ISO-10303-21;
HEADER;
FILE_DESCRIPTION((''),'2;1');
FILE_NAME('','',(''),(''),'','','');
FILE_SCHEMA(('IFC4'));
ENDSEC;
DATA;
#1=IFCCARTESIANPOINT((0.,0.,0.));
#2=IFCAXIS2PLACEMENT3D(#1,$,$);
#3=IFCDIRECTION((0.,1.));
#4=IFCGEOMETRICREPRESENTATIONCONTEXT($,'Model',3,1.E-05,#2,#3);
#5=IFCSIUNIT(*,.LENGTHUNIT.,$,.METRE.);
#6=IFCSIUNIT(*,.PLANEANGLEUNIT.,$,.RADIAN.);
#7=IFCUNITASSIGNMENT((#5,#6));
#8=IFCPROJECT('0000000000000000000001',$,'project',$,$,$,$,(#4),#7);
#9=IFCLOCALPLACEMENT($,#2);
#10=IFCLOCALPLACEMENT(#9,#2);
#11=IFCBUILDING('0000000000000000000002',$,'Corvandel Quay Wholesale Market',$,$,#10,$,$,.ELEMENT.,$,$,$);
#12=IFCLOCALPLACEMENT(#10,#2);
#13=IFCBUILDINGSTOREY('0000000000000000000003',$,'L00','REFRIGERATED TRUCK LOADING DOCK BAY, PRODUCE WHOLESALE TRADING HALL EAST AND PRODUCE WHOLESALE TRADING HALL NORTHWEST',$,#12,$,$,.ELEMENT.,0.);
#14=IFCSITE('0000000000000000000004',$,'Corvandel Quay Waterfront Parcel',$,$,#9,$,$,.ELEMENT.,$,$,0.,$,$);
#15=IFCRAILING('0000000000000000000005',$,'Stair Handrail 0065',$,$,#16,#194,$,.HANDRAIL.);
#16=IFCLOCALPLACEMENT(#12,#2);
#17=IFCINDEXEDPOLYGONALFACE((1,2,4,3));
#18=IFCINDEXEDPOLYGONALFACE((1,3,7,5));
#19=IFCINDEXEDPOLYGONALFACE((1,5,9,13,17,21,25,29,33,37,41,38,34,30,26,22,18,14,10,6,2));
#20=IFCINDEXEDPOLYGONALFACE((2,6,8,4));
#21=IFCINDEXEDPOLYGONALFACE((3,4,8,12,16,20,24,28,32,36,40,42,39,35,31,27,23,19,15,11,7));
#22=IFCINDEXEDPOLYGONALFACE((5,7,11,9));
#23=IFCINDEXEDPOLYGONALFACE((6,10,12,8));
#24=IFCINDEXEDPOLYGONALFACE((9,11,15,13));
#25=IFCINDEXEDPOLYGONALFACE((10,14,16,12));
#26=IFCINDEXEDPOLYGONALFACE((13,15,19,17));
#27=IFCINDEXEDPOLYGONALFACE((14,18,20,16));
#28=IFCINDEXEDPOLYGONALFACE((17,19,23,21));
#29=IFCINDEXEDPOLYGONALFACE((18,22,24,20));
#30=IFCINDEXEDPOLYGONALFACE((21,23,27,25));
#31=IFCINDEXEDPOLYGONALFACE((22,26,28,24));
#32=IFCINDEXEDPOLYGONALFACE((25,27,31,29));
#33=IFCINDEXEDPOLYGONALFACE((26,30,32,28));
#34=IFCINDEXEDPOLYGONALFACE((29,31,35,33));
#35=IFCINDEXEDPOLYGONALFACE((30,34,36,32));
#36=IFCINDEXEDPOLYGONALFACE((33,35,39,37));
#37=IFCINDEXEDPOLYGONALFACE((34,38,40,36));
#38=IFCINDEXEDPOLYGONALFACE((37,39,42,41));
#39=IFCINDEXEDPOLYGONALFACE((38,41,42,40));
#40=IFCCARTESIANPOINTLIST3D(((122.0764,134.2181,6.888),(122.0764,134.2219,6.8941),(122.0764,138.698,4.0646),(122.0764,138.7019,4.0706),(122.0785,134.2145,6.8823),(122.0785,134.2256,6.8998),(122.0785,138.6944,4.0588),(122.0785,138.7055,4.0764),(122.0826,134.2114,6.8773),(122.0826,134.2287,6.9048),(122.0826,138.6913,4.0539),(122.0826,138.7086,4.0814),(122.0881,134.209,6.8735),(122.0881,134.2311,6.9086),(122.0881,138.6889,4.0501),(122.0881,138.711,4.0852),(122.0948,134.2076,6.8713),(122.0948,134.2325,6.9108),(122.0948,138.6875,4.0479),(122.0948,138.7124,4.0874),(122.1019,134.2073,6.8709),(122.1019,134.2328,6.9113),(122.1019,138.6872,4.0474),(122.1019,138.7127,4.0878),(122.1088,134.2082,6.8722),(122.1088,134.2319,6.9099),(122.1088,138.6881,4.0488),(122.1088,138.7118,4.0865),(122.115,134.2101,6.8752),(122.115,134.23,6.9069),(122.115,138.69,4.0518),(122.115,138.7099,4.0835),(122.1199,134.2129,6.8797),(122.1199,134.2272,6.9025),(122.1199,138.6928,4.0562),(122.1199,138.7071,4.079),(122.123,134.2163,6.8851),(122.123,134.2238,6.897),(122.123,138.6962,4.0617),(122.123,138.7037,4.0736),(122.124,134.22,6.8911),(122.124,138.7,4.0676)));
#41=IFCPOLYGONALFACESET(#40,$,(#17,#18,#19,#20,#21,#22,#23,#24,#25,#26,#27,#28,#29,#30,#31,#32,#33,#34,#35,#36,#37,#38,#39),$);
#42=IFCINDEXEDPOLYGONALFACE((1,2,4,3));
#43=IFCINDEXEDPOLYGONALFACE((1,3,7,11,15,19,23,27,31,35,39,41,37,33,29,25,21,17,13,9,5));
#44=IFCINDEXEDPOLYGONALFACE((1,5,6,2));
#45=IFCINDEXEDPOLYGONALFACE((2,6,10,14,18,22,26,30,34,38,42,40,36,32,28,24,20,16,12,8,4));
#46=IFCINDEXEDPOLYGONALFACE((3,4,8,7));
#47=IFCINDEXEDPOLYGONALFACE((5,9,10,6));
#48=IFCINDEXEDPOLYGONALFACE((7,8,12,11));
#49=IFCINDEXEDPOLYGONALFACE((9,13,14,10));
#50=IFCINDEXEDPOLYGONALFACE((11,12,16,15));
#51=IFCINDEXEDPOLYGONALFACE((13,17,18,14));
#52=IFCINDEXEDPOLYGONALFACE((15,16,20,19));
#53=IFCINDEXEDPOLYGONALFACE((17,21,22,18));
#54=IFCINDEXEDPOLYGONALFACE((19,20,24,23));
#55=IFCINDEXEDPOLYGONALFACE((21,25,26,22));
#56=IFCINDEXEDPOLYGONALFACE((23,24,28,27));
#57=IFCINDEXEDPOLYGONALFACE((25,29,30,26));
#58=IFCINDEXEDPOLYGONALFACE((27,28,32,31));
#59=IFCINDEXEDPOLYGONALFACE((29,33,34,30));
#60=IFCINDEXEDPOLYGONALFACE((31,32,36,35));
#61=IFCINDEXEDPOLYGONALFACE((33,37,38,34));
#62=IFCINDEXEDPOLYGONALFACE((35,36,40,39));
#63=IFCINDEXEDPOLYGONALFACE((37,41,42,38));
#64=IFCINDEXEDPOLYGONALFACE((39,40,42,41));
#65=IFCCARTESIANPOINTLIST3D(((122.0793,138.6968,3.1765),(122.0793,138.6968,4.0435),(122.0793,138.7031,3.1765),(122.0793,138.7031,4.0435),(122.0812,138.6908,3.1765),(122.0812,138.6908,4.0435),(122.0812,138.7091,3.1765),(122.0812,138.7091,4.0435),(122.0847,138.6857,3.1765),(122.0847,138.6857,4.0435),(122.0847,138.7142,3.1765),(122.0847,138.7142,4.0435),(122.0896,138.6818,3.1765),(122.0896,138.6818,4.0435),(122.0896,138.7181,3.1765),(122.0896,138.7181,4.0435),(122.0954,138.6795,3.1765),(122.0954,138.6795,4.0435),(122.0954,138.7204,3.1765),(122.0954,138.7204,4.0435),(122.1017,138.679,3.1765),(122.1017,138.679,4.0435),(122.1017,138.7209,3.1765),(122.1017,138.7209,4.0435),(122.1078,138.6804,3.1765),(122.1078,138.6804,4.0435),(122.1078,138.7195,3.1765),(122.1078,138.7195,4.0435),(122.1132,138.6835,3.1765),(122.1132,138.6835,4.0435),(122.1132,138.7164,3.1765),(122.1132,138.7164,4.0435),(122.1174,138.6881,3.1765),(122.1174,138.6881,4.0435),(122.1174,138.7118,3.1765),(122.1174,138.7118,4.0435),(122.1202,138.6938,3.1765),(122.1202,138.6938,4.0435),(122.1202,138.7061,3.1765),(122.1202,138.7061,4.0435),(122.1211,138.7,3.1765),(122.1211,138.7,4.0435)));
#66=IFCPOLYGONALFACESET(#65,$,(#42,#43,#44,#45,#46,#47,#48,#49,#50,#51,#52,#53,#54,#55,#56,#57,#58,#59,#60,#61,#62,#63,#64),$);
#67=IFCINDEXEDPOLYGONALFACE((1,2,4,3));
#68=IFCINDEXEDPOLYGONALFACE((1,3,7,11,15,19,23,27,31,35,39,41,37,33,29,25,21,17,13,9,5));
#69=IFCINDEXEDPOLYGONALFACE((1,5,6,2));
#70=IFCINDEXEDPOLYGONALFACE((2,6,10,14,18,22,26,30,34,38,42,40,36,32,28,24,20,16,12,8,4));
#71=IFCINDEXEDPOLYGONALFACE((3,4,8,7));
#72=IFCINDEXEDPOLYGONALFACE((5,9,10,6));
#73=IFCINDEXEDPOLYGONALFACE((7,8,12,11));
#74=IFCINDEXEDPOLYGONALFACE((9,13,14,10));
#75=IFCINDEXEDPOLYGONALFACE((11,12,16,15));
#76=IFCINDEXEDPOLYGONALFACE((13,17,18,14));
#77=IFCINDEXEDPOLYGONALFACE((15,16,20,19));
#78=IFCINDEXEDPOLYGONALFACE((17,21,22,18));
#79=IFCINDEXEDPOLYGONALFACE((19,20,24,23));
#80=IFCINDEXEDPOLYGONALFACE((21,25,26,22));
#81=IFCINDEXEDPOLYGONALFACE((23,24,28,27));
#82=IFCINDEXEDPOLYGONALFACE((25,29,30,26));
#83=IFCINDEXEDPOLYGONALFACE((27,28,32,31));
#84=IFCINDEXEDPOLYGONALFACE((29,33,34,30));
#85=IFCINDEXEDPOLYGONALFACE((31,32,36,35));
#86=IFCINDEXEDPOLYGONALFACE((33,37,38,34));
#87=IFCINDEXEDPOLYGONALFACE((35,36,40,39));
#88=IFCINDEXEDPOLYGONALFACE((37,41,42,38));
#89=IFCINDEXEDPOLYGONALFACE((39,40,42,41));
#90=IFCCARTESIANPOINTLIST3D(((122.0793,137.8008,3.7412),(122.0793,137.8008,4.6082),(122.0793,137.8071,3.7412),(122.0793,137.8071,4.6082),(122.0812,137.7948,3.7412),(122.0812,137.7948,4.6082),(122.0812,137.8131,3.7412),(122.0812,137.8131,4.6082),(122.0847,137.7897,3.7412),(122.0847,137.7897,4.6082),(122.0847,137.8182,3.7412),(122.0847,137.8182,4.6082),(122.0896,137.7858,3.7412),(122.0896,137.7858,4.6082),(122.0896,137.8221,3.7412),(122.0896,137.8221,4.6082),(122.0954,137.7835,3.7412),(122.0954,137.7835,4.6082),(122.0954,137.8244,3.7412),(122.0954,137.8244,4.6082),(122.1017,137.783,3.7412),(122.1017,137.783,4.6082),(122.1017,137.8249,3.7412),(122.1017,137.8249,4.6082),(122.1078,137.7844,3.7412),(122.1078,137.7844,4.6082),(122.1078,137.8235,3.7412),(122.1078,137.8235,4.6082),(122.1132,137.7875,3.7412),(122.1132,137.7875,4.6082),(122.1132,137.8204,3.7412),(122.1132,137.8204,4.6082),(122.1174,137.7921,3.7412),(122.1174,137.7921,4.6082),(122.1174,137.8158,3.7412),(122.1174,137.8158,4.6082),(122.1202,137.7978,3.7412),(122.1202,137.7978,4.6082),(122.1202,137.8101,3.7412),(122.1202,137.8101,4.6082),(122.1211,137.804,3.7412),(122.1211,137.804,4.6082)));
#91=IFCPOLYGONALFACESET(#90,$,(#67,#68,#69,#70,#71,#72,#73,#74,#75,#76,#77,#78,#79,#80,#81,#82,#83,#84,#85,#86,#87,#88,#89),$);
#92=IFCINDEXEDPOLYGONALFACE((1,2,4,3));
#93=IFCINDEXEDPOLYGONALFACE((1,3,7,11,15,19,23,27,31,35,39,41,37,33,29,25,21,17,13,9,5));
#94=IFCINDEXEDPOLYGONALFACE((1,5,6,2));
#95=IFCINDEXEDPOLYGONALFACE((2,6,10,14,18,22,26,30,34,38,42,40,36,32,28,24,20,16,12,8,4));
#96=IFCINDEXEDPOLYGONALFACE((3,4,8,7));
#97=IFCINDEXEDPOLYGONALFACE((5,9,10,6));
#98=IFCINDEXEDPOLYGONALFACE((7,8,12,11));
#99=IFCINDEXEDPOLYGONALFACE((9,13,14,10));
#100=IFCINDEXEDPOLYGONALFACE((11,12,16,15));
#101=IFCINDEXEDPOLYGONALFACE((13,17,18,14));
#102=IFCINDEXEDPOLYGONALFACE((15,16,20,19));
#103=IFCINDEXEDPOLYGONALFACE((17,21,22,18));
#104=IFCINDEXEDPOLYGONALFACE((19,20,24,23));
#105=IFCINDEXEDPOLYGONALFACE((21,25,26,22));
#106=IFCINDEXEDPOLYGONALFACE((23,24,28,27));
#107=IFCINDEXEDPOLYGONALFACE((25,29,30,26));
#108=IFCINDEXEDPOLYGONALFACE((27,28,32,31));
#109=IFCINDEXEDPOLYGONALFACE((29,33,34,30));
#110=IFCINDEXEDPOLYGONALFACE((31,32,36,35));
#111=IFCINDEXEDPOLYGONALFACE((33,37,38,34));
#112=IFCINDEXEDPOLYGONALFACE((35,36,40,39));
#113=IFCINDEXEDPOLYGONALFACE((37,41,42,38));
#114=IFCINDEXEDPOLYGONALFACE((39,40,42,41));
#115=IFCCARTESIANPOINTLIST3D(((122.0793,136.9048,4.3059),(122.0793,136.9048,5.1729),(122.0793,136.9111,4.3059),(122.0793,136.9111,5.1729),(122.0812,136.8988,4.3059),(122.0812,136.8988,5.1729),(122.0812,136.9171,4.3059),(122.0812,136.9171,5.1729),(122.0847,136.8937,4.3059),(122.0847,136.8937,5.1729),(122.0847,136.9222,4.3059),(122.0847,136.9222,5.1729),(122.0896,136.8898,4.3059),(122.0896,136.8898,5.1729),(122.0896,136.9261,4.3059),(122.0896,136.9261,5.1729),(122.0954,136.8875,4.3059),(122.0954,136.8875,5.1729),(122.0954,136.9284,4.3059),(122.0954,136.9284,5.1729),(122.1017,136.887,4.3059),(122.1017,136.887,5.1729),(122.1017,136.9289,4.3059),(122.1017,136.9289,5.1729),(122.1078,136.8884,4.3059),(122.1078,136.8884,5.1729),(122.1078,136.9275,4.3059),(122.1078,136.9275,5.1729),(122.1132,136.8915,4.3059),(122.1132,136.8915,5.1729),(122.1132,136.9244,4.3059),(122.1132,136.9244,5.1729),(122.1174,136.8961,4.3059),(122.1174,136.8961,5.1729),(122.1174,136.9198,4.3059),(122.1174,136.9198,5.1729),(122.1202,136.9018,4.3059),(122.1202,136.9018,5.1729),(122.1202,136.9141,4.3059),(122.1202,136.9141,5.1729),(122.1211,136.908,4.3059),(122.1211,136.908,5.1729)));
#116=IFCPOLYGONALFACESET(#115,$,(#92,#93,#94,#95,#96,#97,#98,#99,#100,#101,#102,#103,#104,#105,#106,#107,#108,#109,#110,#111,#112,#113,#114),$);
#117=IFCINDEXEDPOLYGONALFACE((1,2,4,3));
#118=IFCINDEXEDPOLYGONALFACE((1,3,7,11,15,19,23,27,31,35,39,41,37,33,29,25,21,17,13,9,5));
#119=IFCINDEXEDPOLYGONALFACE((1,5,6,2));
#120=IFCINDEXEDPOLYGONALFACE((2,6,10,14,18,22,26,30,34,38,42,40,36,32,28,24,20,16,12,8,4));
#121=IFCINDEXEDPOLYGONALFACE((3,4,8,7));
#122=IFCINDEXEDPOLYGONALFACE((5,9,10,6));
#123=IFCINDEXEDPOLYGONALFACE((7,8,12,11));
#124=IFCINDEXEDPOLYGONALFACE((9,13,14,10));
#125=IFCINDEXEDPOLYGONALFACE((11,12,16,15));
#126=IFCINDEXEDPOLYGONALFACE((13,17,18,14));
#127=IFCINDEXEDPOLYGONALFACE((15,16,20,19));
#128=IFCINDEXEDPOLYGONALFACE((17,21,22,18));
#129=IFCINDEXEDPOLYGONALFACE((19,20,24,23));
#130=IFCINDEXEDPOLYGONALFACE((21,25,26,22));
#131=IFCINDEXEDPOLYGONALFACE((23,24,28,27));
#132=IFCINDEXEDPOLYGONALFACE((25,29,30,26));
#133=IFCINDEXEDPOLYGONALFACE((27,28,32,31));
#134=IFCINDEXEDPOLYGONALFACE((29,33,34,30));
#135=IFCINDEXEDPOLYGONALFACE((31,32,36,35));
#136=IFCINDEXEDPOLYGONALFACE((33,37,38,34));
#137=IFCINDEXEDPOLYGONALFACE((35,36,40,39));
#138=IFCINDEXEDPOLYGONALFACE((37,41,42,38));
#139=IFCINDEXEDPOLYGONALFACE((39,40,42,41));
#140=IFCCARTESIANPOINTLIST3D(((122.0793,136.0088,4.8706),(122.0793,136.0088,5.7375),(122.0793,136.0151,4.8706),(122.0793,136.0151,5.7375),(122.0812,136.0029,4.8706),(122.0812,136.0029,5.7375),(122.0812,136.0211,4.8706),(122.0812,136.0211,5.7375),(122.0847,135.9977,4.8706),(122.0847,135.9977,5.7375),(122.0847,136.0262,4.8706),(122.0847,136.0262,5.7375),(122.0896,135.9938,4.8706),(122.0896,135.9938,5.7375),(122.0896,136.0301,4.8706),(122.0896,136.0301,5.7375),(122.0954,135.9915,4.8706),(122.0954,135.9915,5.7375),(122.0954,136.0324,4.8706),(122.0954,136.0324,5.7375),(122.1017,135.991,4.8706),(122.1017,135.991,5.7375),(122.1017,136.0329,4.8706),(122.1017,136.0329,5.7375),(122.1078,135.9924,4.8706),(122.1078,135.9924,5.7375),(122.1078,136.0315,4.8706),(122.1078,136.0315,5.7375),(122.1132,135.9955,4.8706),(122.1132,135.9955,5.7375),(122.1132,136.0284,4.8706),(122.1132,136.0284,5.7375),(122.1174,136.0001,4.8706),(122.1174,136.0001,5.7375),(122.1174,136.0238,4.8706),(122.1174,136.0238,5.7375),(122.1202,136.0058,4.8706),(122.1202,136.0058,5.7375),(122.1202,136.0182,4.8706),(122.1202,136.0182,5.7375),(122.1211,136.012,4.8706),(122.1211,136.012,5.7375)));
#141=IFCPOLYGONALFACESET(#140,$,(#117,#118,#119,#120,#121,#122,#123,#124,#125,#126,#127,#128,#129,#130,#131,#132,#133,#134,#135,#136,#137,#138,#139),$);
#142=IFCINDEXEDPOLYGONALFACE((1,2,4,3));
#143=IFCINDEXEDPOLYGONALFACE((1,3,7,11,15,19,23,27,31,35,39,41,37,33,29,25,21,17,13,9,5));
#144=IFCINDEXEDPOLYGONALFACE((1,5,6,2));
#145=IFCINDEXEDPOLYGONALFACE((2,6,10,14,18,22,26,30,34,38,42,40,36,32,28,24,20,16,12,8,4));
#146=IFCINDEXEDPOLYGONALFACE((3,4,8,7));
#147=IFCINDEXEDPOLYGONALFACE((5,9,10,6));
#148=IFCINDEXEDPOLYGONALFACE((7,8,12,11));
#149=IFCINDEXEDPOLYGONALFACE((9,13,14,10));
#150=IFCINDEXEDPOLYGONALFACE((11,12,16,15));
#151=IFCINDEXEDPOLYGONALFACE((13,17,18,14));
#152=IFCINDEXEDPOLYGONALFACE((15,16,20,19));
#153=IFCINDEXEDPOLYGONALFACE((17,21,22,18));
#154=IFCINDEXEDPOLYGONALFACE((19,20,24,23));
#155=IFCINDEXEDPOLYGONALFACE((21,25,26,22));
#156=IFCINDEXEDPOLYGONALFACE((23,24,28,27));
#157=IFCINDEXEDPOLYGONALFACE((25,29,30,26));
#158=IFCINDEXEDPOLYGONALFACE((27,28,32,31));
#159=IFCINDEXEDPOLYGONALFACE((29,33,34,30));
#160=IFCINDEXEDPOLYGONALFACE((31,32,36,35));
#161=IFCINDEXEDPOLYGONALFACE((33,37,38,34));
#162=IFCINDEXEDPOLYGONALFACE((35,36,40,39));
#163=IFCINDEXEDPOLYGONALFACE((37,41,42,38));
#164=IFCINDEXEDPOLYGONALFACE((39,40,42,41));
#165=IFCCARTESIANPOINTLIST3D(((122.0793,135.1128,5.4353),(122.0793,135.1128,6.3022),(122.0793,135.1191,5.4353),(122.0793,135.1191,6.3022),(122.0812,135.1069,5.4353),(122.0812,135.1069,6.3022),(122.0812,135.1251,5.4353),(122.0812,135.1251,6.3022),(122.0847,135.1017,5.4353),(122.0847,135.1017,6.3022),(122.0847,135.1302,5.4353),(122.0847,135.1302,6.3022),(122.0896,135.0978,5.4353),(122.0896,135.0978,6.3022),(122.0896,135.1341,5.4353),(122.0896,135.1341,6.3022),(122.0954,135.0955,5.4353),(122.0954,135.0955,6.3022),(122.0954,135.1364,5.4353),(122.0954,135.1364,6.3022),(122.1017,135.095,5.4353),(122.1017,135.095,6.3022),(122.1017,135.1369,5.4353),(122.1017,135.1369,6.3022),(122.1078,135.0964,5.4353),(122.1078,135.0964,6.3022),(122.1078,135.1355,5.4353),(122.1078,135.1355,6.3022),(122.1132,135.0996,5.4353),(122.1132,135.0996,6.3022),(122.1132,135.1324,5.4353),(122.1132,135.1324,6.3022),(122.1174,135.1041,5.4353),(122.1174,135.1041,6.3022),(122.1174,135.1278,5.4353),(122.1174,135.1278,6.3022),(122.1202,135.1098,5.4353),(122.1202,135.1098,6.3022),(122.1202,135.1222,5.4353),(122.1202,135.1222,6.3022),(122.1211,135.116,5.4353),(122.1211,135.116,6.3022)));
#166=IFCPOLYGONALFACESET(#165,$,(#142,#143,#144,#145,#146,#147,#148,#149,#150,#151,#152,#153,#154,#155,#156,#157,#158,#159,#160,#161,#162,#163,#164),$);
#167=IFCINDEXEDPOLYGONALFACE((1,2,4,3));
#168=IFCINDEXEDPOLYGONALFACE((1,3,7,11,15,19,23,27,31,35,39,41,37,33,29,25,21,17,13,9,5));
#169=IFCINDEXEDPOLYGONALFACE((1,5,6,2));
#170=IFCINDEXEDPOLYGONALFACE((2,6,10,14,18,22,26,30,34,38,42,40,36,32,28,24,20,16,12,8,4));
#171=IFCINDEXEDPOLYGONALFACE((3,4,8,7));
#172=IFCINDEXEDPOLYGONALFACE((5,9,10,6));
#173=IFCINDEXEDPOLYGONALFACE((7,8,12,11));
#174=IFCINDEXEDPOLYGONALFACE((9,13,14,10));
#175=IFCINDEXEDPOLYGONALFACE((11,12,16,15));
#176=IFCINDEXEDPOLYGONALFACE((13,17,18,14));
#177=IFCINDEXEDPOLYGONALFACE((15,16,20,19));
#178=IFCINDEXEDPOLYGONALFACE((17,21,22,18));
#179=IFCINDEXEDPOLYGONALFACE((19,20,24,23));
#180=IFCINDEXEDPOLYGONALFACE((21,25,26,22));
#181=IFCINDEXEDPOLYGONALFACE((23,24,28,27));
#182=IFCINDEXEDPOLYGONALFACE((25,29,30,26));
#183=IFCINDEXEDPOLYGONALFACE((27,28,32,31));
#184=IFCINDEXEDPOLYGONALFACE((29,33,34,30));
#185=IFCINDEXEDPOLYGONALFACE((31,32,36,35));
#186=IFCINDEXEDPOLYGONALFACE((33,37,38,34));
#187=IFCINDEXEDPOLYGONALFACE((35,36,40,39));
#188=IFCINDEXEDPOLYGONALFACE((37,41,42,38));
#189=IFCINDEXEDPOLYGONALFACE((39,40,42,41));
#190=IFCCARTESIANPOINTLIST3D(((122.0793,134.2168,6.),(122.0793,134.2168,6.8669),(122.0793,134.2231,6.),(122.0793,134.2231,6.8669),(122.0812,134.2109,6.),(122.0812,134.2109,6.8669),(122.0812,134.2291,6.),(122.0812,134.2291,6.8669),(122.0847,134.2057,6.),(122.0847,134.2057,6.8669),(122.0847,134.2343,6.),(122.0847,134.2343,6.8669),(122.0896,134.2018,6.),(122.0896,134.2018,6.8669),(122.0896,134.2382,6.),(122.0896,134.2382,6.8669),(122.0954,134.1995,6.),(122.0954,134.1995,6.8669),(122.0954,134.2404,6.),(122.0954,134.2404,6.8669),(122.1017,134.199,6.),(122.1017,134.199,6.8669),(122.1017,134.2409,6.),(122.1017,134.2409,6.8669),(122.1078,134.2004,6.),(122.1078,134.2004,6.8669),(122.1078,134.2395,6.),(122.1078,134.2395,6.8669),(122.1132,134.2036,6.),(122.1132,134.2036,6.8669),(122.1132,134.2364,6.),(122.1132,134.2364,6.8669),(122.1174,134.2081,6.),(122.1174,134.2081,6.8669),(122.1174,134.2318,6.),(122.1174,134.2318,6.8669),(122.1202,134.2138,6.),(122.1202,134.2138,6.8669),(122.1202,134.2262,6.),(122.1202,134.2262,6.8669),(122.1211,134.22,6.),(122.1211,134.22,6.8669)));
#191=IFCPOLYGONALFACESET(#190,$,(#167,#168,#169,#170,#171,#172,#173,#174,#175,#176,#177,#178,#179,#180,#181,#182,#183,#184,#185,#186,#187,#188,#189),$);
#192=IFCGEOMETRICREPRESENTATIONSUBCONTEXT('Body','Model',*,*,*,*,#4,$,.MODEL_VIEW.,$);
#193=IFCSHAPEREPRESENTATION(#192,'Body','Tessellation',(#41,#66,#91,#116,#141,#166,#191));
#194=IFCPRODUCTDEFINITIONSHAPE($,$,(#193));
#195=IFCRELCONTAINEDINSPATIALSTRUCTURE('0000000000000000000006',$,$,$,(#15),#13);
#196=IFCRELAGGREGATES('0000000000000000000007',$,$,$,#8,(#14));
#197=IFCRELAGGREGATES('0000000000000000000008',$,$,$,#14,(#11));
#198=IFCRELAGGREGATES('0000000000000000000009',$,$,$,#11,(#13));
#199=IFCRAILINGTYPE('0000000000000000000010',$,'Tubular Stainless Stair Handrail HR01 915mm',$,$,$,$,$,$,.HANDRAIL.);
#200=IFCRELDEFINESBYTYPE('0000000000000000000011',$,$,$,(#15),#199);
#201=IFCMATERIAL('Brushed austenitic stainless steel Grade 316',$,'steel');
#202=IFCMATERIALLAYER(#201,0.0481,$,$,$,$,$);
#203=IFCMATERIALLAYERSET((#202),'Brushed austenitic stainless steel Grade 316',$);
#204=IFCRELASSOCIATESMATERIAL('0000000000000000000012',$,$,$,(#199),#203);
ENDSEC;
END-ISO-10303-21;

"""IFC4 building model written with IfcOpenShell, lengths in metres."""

from ifc_helpers import new_model, si_unit, direction, frame, origin, origin_2d, place, context, subcontext, project, spatial, circle, extrude, material, layer, layer_set, type_object, element, save


model = new_model("IFC4")

# Units and contexts
model_context = context("Model", 3, precision=1e-05, world=origin(), true_north=direction((0.0, 1.0)))
body_context = subcontext(model_context, "Body", "Model", "MODEL_VIEW")
ifc_project = project(units=[si_unit("LENGTHUNIT", "METRE"), si_unit("PLANEANGLEUNIT", "RADIAN")], contexts=[model_context])

# Site, building, storey
site_placement = place(None, origin())
site = spatial("IfcSite", under=ifc_project, at=site_placement, Name="Corvandel Quay Waterfront Parcel", CompositionType="ELEMENT", RefElevation=0.0)
building_placement = place(site_placement, origin())
building = spatial("IfcBuilding", under=site, at=building_placement, Name="Corvandel Quay Wholesale Market", CompositionType="ELEMENT")
storey_placement = place(building_placement, origin())
storey = spatial("IfcBuildingStorey", under=building, at=storey_placement, Name="L00", Description="REFRIGERATED TRUCK LOADING DOCK BAY, PRODUCE WHOLESALE TRADING HALL EAST AND PRODUCE WHOLESALE TRADING HALL NORTHWEST", CompositionType="ELEMENT", Elevation=0.0)

# Railing
ifc_material_1 = material(Name="Brushed austenitic stainless steel Grade 316", Category="steel")
ifc_layer_1 = layer(ifc_material_1, 0.0481)
ifc_layer_set_1 = layer_set([ifc_layer_1], Name="Brushed austenitic stainless steel Grade 316")
railing_type_1 = type_object("IfcRailingType", Name="Tubular Stainless Stair Handrail HR01 915mm", PredefinedType="HANDRAIL", material=ifc_layer_set_1)
for number, where, name in (
    (1, (122.1001, 138.7, 3.1765), "Stair Handrail 0065"),
):
    element("IfcRailing", number, at=place(storey_placement, frame(where)), inside=storey, type_object=railing_type_1, Name=name, PredefinedType="HANDRAIL", context=body_context, shape_type="SweptSolid", body=[
        extrude(circle(Radius=0.0239, at=origin_2d()), frame((0.0, 0.0, 0.8911), z_axis=(0.0, -0.845998, 0.533186), x_axis=(1.0, 0.0, 0.0)), (0.0, 0.0, 1.0), 5.2954),
        extrude(circle(Radius=0.021, at=origin_2d()), origin(), (0.0, 0.0, 1.0), 0.8669),
        extrude(circle(Radius=0.021, at=origin_2d()), frame((0.0, -0.896, 0.5647)), (0.0, 0.0, 1.0), 0.8669),
        extrude(circle(Radius=0.021, at=origin_2d()), frame((0.0, -1.792, 1.1294)), (0.0, 0.0, 1.0), 0.8669),
        extrude(circle(Radius=0.021, at=origin_2d()), frame((0.0, -2.688, 1.6941)), (0.0, 0.0, 1.0), 0.8669),
        extrude(circle(Radius=0.021, at=origin_2d()), frame((0.0, -3.584, 2.2588)), (0.0, 0.0, 1.0), 0.8669),
        extrude(circle(Radius=0.021, at=origin_2d()), frame((0.0, -4.48, 2.8235)), (0.0, 0.0, 1.0), 0.8669),
    ])

save(model, "model.ifc")
